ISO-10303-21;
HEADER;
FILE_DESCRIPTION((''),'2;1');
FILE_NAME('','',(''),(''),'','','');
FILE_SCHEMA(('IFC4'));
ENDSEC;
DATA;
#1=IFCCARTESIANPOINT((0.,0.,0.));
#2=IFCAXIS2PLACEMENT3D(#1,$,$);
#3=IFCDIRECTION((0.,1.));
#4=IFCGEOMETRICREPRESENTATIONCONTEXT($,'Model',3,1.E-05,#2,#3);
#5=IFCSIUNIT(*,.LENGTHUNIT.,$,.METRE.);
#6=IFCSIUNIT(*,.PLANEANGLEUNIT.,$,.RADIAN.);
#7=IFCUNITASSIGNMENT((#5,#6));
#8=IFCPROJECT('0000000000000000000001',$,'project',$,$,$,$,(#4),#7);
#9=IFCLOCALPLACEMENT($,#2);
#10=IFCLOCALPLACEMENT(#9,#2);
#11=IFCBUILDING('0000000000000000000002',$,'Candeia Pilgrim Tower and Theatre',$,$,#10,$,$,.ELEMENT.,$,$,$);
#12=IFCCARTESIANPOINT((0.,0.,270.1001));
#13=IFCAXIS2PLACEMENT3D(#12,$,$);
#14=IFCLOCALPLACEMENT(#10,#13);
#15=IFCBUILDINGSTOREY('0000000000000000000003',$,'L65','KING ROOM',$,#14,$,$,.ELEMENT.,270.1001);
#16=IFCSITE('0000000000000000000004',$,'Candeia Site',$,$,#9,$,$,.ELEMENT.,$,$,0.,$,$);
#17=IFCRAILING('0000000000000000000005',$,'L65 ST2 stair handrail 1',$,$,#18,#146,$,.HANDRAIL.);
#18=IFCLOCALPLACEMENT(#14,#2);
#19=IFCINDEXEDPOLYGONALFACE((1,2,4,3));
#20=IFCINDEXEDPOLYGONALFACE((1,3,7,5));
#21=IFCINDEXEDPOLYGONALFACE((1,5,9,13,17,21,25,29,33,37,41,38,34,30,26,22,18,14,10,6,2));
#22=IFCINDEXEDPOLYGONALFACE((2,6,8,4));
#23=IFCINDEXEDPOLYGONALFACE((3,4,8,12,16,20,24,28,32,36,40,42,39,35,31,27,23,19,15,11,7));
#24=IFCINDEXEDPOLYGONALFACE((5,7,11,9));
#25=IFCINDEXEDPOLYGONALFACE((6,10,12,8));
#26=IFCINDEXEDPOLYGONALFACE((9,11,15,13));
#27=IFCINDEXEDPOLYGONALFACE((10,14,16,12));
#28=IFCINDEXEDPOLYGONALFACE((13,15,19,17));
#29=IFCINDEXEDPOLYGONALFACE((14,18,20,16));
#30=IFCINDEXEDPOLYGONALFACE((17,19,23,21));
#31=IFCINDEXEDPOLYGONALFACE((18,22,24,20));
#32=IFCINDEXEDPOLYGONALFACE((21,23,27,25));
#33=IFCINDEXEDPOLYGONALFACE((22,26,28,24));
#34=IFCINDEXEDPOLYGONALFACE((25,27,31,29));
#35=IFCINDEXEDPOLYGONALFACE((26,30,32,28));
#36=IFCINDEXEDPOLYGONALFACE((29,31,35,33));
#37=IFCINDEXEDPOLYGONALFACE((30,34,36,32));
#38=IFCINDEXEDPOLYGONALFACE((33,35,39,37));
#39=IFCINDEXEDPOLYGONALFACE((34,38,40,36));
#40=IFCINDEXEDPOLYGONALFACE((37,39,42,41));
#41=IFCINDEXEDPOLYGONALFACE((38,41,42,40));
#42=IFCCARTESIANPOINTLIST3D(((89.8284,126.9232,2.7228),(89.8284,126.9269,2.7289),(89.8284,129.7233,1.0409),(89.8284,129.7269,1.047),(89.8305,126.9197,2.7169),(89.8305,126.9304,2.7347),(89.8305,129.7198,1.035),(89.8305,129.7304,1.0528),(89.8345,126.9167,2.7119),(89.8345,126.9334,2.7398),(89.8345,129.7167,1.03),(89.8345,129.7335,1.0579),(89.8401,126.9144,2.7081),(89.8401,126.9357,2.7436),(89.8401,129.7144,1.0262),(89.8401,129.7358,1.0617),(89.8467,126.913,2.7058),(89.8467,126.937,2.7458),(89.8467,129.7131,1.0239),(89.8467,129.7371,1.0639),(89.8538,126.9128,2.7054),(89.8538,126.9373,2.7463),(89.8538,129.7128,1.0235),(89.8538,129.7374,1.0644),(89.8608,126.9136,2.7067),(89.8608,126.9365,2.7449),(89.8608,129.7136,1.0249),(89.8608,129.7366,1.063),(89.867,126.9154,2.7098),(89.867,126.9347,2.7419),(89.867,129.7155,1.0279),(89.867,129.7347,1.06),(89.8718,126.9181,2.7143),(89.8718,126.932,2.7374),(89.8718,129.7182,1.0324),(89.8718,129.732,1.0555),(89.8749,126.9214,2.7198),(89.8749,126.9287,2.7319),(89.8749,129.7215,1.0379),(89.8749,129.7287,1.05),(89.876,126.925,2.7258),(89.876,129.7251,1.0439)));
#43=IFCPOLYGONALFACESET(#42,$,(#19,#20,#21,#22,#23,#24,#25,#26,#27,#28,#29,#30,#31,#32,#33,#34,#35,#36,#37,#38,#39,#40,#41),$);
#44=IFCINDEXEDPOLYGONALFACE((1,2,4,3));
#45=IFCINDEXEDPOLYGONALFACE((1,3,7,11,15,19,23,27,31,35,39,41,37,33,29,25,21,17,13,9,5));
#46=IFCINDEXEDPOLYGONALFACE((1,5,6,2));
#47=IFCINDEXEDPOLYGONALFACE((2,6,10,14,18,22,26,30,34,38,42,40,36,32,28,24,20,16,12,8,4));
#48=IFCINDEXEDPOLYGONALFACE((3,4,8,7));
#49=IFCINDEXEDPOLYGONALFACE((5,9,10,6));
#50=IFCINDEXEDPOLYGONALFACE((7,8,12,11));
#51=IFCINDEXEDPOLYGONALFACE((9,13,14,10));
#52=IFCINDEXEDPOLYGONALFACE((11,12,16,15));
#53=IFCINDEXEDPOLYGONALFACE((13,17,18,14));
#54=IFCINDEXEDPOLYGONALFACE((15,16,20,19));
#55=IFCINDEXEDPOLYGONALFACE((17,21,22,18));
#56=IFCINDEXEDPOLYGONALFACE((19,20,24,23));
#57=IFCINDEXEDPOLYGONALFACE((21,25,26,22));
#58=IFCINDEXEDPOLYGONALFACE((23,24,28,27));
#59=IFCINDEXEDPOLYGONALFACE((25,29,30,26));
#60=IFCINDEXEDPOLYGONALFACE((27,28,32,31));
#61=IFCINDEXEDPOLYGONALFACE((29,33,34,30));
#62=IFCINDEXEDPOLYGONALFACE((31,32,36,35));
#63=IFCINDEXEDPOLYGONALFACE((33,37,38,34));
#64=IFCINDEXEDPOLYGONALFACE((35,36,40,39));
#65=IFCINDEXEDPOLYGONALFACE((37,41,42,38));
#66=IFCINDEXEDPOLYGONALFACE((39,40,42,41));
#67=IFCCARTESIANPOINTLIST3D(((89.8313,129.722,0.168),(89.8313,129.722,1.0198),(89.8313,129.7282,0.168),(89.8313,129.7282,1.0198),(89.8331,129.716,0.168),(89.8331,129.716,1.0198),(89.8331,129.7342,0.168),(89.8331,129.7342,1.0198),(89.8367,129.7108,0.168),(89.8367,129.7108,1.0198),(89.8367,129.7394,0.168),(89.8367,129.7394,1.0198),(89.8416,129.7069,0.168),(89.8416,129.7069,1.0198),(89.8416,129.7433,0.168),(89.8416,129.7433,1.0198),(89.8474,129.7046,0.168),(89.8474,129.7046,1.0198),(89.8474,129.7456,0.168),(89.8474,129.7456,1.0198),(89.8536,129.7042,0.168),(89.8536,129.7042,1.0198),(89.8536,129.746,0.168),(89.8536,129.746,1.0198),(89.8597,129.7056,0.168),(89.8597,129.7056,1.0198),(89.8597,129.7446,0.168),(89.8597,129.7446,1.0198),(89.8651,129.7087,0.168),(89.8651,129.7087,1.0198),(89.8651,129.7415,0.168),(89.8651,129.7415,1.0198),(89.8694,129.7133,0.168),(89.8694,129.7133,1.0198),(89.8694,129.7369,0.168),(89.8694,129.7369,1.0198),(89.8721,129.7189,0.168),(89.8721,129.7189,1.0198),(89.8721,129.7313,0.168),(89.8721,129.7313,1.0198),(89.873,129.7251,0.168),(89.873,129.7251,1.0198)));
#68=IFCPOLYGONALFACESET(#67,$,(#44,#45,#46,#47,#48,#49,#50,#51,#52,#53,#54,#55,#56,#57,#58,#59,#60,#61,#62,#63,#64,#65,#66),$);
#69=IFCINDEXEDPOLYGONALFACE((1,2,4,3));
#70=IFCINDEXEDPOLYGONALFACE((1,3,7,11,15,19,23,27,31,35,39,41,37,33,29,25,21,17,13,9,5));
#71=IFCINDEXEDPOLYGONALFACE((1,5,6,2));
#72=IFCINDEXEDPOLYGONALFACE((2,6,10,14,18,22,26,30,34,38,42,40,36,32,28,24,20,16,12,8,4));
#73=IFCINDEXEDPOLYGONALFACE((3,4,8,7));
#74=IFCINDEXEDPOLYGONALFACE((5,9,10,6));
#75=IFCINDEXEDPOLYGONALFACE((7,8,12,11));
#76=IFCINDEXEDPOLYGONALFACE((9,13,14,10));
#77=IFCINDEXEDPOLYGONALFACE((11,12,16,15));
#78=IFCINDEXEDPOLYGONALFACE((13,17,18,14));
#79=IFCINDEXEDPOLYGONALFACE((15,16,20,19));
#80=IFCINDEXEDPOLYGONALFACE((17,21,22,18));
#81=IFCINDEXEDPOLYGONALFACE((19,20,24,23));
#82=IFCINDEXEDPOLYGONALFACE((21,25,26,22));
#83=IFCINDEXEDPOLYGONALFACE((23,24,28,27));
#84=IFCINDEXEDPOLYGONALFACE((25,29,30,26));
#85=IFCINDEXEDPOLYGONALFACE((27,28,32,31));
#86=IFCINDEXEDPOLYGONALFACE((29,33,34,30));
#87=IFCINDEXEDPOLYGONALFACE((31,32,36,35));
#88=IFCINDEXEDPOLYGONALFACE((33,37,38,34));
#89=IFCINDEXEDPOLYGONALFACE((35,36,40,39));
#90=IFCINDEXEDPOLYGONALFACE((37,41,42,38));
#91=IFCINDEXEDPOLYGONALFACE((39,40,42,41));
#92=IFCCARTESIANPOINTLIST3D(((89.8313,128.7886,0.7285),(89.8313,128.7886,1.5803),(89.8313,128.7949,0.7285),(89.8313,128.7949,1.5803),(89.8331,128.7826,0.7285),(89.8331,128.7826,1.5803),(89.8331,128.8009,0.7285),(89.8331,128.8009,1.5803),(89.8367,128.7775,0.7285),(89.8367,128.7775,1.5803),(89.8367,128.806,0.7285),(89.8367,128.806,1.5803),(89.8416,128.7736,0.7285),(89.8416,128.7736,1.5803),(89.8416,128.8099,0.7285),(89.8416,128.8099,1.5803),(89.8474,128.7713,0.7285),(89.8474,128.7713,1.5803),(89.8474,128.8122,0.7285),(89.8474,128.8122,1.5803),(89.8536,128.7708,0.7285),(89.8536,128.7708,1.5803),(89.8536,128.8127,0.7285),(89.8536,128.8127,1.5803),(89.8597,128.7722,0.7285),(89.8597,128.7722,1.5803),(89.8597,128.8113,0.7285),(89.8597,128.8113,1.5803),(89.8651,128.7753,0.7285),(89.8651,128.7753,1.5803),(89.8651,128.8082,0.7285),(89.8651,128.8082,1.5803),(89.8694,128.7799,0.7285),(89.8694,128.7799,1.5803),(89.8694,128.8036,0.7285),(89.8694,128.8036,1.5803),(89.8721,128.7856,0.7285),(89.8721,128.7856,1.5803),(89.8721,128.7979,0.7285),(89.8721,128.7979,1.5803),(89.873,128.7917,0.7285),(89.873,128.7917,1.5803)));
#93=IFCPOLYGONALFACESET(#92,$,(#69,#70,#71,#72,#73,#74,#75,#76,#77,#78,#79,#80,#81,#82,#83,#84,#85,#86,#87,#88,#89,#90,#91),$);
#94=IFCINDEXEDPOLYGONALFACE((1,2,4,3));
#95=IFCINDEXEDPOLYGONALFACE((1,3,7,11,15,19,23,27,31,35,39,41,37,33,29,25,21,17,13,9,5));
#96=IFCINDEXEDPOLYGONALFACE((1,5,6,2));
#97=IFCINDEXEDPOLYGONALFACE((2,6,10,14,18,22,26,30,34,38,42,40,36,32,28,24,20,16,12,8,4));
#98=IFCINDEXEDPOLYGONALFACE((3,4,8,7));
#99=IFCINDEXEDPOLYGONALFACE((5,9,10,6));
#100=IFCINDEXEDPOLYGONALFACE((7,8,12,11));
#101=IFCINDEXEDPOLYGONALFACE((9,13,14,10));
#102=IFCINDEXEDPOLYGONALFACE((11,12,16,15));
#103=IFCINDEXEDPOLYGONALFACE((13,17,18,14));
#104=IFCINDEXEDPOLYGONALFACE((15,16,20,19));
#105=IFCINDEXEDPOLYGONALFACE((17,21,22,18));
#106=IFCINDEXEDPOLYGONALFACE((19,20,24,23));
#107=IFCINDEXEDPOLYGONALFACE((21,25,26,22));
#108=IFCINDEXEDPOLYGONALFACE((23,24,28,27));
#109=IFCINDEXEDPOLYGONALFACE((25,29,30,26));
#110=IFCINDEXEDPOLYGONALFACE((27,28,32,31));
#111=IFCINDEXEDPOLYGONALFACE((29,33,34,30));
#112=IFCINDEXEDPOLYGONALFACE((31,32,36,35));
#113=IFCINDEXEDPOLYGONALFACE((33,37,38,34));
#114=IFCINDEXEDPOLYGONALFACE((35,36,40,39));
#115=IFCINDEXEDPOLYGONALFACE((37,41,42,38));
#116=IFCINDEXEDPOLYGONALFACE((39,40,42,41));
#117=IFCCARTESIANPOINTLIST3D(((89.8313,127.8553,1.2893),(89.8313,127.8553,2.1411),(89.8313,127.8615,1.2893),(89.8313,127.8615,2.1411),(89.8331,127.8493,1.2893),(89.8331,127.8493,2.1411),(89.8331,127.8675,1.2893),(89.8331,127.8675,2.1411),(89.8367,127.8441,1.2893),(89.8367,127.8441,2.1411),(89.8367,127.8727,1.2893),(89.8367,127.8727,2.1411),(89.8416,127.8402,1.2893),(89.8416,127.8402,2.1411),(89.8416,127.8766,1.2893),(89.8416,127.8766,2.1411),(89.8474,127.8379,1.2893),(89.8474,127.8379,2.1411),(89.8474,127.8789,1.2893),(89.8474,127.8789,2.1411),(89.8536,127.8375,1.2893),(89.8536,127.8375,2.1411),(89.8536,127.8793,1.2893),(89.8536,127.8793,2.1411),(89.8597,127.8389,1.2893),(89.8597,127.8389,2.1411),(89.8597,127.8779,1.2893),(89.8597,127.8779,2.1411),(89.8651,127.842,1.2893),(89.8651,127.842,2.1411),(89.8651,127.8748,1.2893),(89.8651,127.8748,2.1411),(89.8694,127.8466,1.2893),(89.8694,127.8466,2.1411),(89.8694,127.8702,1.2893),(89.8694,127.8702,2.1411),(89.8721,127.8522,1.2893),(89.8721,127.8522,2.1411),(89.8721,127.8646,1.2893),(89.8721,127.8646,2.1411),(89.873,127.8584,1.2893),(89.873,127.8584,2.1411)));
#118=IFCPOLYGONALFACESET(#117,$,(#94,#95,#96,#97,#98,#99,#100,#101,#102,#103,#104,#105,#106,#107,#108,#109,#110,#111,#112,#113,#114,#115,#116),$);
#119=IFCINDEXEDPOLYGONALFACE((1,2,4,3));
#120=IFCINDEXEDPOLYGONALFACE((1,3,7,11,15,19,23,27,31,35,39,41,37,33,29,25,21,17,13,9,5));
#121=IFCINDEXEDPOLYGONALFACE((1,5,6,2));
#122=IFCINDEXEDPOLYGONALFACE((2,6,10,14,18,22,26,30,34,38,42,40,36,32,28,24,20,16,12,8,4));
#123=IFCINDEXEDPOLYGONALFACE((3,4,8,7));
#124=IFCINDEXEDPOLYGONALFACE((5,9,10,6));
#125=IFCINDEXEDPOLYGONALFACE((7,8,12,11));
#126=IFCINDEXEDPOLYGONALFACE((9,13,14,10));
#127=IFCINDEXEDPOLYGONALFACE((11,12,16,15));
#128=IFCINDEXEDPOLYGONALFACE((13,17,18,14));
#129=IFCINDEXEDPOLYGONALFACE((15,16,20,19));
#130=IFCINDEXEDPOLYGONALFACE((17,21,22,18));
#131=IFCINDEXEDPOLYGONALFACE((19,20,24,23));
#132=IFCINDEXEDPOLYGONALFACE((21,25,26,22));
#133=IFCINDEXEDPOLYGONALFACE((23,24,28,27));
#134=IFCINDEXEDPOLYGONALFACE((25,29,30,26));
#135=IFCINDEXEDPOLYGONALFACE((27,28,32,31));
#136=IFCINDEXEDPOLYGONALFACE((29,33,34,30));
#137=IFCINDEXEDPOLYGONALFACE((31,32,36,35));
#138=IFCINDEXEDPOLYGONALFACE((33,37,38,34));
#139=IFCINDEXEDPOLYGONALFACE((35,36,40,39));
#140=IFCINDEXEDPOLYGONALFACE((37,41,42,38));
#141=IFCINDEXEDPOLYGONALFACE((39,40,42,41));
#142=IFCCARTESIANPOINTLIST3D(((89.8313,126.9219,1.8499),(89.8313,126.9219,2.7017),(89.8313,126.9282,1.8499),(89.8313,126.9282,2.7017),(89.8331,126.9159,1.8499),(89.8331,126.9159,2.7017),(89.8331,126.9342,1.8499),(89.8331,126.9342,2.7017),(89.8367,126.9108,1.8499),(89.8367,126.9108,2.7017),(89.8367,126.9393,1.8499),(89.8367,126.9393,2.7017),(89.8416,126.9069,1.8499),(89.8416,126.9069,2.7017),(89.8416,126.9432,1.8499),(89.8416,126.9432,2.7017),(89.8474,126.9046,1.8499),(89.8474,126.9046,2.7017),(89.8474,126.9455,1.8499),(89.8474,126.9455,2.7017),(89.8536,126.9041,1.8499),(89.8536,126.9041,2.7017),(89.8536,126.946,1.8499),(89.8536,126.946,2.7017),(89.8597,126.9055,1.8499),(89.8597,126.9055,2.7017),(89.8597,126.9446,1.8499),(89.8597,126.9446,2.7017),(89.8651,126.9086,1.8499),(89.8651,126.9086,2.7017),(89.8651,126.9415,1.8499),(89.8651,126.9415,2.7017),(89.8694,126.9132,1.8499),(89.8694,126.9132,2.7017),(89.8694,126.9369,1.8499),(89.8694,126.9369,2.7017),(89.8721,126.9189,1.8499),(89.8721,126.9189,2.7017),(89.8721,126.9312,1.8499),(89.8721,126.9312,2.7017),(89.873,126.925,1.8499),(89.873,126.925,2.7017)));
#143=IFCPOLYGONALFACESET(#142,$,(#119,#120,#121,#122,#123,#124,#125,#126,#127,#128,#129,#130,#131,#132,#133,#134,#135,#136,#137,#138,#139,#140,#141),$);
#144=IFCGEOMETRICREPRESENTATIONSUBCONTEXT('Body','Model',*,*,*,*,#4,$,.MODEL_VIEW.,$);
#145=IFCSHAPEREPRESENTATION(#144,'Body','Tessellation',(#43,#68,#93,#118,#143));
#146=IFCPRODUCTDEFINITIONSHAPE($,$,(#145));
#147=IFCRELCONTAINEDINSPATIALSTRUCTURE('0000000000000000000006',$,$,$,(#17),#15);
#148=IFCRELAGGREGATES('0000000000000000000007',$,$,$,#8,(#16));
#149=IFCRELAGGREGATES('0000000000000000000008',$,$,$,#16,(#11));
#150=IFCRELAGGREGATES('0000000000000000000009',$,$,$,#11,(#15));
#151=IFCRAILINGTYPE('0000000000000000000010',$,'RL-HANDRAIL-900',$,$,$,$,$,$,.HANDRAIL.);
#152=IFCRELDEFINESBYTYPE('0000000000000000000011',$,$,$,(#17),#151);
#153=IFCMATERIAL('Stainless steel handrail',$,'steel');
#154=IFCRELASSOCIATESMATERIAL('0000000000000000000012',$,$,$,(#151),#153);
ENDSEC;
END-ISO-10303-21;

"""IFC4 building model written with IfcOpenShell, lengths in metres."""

from ifc_helpers import new_model, si_unit, direction, frame, origin, origin_2d, place, context, subcontext, project, spatial, circle, extrude, material, type_object, element, save


model = new_model("IFC4")

# Units and contexts
model_context = context("Model", 3, precision=1e-05, world=origin(), true_north=direction((0.0, 1.0)))
body_context = subcontext(model_context, "Body", "Model", "MODEL_VIEW")
ifc_project = project(units=[si_unit("LENGTHUNIT", "METRE"), si_unit("PLANEANGLEUNIT", "RADIAN")], contexts=[model_context])

# Site, building, storey
site_placement = place(None, origin())
site = spatial("IfcSite", under=ifc_project, at=site_placement, Name="Candeia Site", CompositionType="ELEMENT", RefElevation=0.0)
building_placement = place(site_placement, origin())
building = spatial("IfcBuilding", under=site, at=building_placement, Name="Candeia Pilgrim Tower and Theatre", CompositionType="ELEMENT")
storey_placement = place(building_placement, frame((0.0, 0.0, 270.1001)))
storey = spatial("IfcBuildingStorey", under=building, at=storey_placement, Name="L65", Description="KING ROOM", CompositionType="ELEMENT", Elevation=270.1001)

# Railing
ifc_material_1 = material(Name="Stainless steel handrail", Category="steel")
railing_type_1 = type_object("IfcRailingType", Name="RL-HANDRAIL-900", PredefinedType="HANDRAIL", material=ifc_material_1)
railing_1_placement = place(storey_placement, frame((89.8521, 129.7251, 0.168)))
element("IfcRailing", 1, at=railing_1_placement, inside=storey, type_object=railing_type_1, Name="L65 ST2 stair handrail 1", PredefinedType="HANDRAIL", context=body_context, shape_type="SweptSolid", body=[
    extrude(circle(Radius=0.0239, at=origin_2d()), frame((0.0, 0.0, 0.876), z_axis=(0.0, -0.857242, 0.514913), x_axis=(1.0, 0.0, 0.0)), (0.0, 0.0, 1.0), 3.2664),
    extrude(circle(Radius=0.021, at=origin_2d()), origin(), (0.0, 0.0, 1.0), 0.8518),
    extrude(circle(Radius=0.021, at=origin_2d()), frame((0.0, -0.9333, 0.5605)), (0.0, 0.0, 1.0), 0.8518),
    extrude(circle(Radius=0.021, at=origin_2d()), frame((0.0, -1.8667, 1.1213)), (0.0, 0.0, 1.0), 0.8518),
    extrude(circle(Radius=0.021, at=origin_2d()), frame((0.0, -2.8, 1.6819)), (0.0, 0.0, 1.0), 0.8518),
])

save(model, "model.ifc")
